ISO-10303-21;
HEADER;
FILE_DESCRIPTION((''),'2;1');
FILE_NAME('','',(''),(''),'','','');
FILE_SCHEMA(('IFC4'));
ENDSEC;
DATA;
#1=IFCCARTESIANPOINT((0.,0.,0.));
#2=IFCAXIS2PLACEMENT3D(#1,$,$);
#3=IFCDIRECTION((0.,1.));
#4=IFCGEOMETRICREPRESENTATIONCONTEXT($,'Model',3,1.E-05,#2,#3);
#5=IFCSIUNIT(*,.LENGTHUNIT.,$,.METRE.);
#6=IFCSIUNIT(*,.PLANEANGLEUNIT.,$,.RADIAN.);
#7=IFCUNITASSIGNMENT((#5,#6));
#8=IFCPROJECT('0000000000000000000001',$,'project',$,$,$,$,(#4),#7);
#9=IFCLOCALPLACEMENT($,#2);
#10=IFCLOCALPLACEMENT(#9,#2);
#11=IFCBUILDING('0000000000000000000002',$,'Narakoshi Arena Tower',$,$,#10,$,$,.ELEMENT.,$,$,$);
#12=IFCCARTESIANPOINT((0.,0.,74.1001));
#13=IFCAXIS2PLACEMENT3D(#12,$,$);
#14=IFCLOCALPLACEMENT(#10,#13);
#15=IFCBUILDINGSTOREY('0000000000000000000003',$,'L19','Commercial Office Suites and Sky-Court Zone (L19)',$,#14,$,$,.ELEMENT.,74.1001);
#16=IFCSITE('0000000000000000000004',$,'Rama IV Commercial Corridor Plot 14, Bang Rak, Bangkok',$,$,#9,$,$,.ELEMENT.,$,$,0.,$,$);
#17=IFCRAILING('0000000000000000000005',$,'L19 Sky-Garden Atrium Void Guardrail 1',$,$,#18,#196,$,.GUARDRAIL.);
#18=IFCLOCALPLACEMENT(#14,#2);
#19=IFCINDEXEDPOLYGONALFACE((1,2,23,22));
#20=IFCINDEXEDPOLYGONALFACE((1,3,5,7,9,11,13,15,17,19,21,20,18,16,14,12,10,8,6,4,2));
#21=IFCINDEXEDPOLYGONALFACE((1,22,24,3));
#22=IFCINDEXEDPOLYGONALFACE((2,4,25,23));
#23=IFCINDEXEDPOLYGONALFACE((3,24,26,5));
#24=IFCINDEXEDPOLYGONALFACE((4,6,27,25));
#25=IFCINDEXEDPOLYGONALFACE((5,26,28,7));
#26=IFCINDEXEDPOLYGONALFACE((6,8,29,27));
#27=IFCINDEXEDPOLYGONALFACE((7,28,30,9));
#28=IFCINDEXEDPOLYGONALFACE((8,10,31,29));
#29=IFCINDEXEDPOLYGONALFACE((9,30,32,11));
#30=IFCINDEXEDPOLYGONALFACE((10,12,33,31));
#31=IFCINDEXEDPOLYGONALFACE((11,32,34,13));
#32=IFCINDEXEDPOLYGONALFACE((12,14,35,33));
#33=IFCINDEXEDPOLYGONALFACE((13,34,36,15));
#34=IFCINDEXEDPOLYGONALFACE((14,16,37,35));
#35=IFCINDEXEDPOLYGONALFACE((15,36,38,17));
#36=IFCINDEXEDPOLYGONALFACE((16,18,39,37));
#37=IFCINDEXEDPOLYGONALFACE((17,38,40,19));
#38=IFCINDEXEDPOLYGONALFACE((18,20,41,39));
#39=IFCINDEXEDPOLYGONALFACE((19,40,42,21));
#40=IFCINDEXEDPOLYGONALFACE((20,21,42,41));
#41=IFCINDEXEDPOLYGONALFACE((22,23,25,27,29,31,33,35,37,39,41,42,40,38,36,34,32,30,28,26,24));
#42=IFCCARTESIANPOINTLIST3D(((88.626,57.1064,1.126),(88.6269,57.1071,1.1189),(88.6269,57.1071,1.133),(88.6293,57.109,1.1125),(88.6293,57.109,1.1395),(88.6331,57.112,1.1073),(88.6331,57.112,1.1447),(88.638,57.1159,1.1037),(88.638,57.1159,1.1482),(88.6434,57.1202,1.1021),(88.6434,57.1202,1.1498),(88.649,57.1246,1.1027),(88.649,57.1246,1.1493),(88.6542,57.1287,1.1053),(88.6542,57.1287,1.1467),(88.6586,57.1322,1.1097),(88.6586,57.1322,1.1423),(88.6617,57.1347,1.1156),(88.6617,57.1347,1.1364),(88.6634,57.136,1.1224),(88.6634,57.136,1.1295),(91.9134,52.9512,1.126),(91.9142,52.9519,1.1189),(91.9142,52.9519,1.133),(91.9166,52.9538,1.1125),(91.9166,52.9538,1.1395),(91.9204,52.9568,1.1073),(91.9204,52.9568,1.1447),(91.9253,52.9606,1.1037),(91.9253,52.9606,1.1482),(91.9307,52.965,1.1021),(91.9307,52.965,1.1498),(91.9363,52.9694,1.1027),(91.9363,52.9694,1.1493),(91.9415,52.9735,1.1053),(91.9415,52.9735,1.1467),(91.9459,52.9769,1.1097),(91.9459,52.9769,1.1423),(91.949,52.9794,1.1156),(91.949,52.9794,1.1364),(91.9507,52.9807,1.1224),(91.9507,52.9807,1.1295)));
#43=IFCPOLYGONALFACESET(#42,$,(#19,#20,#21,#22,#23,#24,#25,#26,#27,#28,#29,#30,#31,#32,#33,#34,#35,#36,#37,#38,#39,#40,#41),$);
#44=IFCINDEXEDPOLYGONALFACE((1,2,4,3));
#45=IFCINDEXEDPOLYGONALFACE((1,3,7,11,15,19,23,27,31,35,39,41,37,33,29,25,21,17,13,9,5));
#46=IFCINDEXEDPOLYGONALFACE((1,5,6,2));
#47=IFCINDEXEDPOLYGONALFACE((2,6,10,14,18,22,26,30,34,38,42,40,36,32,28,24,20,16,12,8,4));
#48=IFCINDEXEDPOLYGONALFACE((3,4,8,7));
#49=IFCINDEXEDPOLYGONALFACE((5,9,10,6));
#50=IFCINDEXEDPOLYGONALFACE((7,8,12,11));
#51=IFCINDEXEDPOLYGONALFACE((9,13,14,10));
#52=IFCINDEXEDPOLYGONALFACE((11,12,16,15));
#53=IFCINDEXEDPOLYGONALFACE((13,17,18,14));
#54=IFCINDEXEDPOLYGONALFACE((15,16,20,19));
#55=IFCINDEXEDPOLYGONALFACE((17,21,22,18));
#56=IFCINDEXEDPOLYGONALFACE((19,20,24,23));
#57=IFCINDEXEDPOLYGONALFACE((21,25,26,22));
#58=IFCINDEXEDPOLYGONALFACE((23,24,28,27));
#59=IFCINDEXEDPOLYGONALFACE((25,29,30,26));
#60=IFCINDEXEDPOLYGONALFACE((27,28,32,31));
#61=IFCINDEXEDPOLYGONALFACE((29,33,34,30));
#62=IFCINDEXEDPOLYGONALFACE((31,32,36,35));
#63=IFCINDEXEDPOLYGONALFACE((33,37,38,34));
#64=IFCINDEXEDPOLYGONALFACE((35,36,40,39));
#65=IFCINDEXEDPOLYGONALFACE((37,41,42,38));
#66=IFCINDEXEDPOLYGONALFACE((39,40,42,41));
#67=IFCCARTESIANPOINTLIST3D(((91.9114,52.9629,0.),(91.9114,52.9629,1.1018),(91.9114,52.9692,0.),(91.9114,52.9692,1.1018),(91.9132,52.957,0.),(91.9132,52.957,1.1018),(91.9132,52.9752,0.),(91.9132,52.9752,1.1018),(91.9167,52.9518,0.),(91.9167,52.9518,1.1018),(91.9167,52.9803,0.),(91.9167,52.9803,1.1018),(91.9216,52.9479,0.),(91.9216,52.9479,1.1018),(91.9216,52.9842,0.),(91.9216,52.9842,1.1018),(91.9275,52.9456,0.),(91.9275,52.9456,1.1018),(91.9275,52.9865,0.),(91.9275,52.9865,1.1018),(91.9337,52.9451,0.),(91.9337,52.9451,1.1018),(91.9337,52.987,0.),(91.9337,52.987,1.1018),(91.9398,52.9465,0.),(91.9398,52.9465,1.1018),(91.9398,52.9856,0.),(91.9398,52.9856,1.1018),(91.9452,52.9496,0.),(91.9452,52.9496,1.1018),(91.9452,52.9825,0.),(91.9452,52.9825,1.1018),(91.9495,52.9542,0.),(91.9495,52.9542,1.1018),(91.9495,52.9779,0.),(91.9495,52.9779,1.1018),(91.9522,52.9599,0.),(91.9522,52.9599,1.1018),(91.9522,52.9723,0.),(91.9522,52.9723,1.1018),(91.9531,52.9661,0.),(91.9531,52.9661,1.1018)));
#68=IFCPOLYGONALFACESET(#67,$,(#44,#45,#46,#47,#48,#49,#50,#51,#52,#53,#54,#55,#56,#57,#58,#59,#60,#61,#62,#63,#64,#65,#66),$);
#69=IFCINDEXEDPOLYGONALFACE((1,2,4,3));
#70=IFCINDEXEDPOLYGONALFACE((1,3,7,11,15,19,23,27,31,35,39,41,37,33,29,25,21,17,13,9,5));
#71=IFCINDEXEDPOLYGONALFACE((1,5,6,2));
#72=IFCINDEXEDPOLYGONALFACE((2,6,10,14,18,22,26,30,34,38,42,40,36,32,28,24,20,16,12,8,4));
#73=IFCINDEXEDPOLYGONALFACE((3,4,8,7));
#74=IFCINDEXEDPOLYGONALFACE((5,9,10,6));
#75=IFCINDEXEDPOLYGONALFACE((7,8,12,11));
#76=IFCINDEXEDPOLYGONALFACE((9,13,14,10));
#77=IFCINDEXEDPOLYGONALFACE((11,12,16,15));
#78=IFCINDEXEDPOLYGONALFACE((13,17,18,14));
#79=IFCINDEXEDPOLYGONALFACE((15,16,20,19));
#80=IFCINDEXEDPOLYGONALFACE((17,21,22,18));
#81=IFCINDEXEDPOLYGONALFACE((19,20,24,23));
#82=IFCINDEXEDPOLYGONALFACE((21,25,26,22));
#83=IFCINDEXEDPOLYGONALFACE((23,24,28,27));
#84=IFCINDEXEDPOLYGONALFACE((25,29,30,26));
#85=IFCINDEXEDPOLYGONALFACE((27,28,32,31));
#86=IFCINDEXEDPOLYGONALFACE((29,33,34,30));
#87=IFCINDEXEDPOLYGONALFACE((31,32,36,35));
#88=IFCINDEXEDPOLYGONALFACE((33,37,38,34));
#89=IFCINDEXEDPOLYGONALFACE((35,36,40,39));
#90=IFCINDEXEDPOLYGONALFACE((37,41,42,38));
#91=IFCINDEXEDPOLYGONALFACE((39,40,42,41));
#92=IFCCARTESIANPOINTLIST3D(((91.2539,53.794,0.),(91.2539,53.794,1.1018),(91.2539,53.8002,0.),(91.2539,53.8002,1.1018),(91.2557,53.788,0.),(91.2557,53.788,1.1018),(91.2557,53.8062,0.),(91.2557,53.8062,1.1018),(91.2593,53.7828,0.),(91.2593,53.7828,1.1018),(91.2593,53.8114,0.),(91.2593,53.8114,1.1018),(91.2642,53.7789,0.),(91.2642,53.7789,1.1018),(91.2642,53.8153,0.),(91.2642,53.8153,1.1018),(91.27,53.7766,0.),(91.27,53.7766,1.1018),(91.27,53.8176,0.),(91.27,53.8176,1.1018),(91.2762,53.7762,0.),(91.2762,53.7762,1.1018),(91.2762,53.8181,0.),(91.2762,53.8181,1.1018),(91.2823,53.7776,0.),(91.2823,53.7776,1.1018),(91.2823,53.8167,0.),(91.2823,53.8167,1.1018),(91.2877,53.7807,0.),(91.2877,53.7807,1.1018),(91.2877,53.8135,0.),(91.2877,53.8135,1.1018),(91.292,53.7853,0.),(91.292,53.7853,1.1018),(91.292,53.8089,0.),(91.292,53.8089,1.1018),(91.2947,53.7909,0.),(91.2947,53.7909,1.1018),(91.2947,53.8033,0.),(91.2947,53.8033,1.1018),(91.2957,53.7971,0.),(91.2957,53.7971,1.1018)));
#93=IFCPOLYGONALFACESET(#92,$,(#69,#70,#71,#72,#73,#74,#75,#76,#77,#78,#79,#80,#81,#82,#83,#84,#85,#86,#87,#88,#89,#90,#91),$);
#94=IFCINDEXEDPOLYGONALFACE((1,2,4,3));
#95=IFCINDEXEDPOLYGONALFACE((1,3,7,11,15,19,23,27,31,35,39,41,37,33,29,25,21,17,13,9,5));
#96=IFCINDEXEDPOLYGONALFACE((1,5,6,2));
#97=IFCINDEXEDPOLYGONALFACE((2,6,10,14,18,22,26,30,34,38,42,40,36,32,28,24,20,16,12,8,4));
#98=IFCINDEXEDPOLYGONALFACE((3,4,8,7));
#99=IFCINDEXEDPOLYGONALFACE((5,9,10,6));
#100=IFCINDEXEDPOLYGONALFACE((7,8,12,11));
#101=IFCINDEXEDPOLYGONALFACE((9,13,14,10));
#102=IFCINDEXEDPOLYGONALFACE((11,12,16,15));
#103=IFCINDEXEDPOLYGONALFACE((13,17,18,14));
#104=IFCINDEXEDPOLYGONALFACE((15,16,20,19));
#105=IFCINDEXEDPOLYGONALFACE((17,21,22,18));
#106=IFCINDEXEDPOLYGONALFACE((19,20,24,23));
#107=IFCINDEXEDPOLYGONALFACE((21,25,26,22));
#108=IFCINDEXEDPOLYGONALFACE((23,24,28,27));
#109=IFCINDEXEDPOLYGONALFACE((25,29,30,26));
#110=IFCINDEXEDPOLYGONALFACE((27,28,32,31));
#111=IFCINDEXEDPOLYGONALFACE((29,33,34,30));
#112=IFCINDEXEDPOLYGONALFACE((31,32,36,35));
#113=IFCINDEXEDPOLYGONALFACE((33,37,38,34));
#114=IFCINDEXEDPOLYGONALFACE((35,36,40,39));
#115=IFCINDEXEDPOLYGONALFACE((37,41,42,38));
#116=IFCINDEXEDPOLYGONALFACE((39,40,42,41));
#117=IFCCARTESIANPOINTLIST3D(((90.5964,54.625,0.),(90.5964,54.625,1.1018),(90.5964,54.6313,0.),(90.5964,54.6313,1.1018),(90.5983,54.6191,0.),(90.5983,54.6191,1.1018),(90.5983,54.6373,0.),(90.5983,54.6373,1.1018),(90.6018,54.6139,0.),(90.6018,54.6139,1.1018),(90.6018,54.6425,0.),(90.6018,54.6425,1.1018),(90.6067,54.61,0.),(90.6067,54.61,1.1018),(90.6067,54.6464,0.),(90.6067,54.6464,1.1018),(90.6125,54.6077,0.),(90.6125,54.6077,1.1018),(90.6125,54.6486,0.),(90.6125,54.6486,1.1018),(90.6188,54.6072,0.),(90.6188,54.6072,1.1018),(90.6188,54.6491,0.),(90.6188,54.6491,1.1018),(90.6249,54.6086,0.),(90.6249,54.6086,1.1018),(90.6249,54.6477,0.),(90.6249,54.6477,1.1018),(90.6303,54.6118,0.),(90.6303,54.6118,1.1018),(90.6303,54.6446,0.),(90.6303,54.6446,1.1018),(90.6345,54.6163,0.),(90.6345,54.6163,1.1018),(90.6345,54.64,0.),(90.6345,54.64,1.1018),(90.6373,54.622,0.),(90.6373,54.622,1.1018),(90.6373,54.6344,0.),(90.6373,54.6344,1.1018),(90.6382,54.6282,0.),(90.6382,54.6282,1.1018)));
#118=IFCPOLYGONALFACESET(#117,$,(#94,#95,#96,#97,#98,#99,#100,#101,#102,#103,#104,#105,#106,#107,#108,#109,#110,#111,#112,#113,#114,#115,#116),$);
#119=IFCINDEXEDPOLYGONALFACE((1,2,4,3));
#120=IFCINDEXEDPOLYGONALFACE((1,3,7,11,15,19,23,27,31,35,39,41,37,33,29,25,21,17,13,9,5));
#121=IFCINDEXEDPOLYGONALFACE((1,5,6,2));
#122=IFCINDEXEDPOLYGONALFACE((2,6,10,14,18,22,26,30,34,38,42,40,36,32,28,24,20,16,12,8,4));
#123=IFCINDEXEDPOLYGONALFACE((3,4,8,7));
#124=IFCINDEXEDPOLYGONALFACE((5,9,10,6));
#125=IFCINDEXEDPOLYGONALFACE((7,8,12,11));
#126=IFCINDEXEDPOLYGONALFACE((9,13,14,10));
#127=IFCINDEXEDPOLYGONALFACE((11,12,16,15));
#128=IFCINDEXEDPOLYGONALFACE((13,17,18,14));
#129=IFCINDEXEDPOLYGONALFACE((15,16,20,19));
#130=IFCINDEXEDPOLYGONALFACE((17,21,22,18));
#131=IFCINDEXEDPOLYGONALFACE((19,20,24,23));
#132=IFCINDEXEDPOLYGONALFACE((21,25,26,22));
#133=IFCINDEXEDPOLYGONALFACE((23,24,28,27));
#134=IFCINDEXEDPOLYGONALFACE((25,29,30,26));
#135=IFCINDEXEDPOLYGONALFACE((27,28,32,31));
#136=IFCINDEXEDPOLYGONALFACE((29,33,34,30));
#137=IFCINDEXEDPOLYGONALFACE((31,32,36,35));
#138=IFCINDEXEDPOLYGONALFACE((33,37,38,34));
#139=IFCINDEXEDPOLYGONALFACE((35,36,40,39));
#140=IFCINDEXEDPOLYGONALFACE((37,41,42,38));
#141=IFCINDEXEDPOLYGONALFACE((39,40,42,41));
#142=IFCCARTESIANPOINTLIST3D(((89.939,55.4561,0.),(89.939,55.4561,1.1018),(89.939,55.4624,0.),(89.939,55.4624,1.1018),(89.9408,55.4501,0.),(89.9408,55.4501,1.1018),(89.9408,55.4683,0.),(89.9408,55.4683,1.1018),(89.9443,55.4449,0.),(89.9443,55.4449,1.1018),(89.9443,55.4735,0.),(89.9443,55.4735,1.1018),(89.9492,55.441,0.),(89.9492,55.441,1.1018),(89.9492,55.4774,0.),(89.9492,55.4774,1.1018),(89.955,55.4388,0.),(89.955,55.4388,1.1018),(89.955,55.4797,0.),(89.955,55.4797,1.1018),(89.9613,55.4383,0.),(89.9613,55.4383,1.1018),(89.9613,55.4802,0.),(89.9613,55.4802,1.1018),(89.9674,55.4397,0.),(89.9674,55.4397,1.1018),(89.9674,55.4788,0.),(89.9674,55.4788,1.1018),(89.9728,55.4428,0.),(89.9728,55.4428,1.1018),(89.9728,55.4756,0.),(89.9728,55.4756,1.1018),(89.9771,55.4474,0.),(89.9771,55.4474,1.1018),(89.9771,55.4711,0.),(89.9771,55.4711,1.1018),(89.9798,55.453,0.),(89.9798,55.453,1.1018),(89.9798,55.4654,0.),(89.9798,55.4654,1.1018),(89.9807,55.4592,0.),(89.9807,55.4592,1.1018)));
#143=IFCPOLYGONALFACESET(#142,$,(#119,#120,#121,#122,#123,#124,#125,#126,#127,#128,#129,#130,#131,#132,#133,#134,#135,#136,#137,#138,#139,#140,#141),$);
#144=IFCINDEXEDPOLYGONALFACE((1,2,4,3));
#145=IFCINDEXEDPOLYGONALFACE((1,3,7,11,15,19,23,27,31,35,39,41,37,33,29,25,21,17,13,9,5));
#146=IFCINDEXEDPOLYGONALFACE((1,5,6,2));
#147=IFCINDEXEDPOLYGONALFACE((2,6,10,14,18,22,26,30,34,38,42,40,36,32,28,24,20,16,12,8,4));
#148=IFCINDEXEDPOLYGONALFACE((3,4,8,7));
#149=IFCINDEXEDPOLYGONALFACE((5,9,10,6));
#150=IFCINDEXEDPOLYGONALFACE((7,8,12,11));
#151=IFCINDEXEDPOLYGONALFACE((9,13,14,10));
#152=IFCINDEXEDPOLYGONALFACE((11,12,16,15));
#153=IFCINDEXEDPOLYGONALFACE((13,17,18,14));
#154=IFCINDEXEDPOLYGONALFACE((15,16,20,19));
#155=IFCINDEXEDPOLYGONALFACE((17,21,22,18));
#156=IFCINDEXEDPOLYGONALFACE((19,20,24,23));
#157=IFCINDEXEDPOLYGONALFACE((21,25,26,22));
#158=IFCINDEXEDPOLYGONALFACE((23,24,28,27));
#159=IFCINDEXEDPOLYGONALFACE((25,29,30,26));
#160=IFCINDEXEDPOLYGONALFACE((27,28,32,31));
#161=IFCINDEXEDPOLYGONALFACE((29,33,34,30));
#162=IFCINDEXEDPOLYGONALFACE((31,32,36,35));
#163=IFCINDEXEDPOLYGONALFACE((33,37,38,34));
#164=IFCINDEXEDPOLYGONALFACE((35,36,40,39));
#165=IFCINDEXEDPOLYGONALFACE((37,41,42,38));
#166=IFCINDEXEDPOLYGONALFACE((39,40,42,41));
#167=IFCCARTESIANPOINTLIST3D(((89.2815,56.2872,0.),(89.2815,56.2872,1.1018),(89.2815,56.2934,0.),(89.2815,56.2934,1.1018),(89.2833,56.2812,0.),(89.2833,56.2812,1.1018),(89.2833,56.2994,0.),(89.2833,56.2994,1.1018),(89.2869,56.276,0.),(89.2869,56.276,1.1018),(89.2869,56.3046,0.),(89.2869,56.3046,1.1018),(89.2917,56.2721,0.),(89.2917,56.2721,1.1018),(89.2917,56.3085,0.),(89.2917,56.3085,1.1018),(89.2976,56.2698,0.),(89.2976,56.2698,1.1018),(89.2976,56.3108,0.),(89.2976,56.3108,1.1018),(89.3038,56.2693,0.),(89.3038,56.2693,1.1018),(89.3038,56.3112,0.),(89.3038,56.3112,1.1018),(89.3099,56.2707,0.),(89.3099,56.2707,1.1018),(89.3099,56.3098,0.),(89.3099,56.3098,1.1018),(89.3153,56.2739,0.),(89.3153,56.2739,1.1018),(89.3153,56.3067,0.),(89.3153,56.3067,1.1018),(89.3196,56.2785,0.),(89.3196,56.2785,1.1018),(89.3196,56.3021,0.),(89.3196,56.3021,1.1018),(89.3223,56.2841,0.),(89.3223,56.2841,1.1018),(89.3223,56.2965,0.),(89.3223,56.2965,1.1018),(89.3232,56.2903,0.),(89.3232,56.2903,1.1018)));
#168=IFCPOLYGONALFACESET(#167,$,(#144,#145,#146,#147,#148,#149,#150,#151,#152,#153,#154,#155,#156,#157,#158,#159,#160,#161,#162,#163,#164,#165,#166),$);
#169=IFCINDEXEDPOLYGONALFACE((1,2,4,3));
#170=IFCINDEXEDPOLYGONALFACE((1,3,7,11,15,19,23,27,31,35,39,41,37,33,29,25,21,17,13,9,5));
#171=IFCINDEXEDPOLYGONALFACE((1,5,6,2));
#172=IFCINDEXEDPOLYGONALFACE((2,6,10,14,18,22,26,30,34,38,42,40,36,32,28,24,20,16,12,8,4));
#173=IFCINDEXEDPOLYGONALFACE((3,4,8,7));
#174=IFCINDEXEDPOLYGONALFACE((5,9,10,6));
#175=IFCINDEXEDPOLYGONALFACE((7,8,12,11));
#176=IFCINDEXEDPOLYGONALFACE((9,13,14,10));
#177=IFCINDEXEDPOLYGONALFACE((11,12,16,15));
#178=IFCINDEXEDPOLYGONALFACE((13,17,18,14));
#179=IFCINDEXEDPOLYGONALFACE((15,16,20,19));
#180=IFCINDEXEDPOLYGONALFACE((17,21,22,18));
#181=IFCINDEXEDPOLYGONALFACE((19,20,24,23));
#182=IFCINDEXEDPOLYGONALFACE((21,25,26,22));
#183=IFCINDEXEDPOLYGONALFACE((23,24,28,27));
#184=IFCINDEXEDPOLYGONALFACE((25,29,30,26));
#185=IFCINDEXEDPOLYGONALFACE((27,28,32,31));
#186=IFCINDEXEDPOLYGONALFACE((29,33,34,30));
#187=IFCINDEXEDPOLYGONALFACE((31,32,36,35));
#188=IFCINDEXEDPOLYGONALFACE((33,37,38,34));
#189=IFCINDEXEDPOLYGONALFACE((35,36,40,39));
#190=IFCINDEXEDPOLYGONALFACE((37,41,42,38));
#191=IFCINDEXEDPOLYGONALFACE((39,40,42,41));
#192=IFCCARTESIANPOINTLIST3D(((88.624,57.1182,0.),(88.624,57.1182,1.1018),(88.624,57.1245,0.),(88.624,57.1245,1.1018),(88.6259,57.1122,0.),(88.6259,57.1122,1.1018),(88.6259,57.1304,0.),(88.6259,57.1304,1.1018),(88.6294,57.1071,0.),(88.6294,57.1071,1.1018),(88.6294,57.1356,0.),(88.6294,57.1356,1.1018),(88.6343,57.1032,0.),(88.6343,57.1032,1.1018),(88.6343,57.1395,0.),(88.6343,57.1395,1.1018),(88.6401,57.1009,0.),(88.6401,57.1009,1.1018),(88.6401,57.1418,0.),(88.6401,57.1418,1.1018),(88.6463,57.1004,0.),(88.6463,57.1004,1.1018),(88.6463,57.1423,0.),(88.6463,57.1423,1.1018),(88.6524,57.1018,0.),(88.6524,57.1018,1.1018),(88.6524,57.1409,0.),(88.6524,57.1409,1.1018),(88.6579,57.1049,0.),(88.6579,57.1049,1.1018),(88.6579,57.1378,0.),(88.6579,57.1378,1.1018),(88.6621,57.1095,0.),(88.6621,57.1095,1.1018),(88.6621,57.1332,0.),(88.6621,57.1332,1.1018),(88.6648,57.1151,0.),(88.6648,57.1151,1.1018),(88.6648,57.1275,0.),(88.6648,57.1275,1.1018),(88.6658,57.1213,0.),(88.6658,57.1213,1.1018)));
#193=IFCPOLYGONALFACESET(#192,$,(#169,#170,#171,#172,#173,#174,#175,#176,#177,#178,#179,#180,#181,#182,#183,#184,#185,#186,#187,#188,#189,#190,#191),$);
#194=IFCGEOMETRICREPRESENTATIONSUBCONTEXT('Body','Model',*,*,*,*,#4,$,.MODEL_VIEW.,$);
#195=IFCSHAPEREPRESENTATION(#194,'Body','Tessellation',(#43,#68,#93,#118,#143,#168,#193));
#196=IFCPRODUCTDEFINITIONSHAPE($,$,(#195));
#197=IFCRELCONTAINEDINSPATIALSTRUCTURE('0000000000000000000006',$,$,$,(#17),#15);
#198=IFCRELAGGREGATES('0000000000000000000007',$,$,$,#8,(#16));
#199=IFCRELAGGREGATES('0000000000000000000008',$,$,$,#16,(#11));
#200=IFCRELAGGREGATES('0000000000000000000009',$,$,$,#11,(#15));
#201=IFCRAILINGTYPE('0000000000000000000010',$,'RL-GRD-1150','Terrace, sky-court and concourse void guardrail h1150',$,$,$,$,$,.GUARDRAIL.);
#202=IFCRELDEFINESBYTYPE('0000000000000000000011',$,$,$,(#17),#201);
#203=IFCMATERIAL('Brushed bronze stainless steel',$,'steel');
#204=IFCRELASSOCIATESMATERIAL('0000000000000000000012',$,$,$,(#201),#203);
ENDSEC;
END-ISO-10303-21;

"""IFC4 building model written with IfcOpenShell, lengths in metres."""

from ifc_helpers import new_model, si_unit, direction, frame, origin, origin_2d, place, context, subcontext, project, spatial, circle, extrude, material, type_object, element, save


model = new_model("IFC4")

# Units and contexts
model_context = context("Model", 3, precision=1e-05, world=origin(), true_north=direction((0.0, 1.0)))
body_context = subcontext(model_context, "Body", "Model", "MODEL_VIEW")
ifc_project = project(units=[si_unit("LENGTHUNIT", "METRE"), si_unit("PLANEANGLEUNIT", "RADIAN")], contexts=[model_context])

# Site, building, storey
site_placement = place(None, origin())
site = spatial("IfcSite", under=ifc_project, at=site_placement, Name="Rama IV Commercial Corridor Plot 14, Bang Rak, Bangkok", CompositionType="ELEMENT", RefElevation=0.0)
building_placement = place(site_placement, origin())
building = spatial("IfcBuilding", under=site, at=building_placement, Name="Narakoshi Arena Tower", CompositionType="ELEMENT")
storey_placement = place(building_placement, frame((0.0, 0.0, 74.1001)))
storey = spatial("IfcBuildingStorey", under=building, at=storey_placement, Name="L19", Description="Commercial Office Suites and Sky-Court Zone (L19)", CompositionType="ELEMENT", Elevation=74.1001)

# Railing
ifc_material_1 = material(Name="Brushed bronze stainless steel", Category="steel")
railing_type = type_object("IfcRailingType", Name="RL-GRD-1150", Description="Terrace, sky-court and concourse void guardrail h1150", PredefinedType="GUARDRAIL", material=ifc_material_1)
railing_placement = place(storey_placement, frame((91.9321, 52.9661, 0.0)))
element("IfcRailing", 1, at=railing_placement, inside=storey, type_object=railing_type, Name="L19 Sky-Garden Atrium Void Guardrail 1", PredefinedType="GUARDRAIL", context=body_context, shape_type="SweptSolid", body=[
    extrude(circle(Radius=0.0239, at=origin_2d()), frame((0.0, 0.0, 1.126), z_axis=(-0.620443, 0.784251, 0.0), x_axis=(-0.784251, -0.620443, 0.0)), (0.0, 0.0, 1.0), 5.2983),
    extrude(circle(Radius=0.021, at=origin_2d()), origin(), (0.0, 0.0, 1.0), 1.1018),
    extrude(circle(Radius=0.021, at=origin_2d()), frame((-0.6575, 0.8311, 0.0)), (0.0, 0.0, 1.0), 1.1018),
    extrude(circle(Radius=0.021, at=origin_2d()), frame((-1.3149, 1.6621, 0.0)), (0.0, 0.0, 1.0), 1.1018),
    extrude(circle(Radius=0.021, at=origin_2d()), frame((-1.9724, 2.4932, 0.0)), (0.0, 0.0, 1.0), 1.1018),
    extrude(circle(Radius=0.021, at=origin_2d()), frame((-2.6299, 3.3242, 0.0)), (0.0, 0.0, 1.0), 1.1018),
    extrude(circle(Radius=0.021, at=origin_2d()), frame((-3.2874, 4.1553, 0.0)), (0.0, 0.0, 1.0), 1.1018),
])

save(model, "model.ifc")
